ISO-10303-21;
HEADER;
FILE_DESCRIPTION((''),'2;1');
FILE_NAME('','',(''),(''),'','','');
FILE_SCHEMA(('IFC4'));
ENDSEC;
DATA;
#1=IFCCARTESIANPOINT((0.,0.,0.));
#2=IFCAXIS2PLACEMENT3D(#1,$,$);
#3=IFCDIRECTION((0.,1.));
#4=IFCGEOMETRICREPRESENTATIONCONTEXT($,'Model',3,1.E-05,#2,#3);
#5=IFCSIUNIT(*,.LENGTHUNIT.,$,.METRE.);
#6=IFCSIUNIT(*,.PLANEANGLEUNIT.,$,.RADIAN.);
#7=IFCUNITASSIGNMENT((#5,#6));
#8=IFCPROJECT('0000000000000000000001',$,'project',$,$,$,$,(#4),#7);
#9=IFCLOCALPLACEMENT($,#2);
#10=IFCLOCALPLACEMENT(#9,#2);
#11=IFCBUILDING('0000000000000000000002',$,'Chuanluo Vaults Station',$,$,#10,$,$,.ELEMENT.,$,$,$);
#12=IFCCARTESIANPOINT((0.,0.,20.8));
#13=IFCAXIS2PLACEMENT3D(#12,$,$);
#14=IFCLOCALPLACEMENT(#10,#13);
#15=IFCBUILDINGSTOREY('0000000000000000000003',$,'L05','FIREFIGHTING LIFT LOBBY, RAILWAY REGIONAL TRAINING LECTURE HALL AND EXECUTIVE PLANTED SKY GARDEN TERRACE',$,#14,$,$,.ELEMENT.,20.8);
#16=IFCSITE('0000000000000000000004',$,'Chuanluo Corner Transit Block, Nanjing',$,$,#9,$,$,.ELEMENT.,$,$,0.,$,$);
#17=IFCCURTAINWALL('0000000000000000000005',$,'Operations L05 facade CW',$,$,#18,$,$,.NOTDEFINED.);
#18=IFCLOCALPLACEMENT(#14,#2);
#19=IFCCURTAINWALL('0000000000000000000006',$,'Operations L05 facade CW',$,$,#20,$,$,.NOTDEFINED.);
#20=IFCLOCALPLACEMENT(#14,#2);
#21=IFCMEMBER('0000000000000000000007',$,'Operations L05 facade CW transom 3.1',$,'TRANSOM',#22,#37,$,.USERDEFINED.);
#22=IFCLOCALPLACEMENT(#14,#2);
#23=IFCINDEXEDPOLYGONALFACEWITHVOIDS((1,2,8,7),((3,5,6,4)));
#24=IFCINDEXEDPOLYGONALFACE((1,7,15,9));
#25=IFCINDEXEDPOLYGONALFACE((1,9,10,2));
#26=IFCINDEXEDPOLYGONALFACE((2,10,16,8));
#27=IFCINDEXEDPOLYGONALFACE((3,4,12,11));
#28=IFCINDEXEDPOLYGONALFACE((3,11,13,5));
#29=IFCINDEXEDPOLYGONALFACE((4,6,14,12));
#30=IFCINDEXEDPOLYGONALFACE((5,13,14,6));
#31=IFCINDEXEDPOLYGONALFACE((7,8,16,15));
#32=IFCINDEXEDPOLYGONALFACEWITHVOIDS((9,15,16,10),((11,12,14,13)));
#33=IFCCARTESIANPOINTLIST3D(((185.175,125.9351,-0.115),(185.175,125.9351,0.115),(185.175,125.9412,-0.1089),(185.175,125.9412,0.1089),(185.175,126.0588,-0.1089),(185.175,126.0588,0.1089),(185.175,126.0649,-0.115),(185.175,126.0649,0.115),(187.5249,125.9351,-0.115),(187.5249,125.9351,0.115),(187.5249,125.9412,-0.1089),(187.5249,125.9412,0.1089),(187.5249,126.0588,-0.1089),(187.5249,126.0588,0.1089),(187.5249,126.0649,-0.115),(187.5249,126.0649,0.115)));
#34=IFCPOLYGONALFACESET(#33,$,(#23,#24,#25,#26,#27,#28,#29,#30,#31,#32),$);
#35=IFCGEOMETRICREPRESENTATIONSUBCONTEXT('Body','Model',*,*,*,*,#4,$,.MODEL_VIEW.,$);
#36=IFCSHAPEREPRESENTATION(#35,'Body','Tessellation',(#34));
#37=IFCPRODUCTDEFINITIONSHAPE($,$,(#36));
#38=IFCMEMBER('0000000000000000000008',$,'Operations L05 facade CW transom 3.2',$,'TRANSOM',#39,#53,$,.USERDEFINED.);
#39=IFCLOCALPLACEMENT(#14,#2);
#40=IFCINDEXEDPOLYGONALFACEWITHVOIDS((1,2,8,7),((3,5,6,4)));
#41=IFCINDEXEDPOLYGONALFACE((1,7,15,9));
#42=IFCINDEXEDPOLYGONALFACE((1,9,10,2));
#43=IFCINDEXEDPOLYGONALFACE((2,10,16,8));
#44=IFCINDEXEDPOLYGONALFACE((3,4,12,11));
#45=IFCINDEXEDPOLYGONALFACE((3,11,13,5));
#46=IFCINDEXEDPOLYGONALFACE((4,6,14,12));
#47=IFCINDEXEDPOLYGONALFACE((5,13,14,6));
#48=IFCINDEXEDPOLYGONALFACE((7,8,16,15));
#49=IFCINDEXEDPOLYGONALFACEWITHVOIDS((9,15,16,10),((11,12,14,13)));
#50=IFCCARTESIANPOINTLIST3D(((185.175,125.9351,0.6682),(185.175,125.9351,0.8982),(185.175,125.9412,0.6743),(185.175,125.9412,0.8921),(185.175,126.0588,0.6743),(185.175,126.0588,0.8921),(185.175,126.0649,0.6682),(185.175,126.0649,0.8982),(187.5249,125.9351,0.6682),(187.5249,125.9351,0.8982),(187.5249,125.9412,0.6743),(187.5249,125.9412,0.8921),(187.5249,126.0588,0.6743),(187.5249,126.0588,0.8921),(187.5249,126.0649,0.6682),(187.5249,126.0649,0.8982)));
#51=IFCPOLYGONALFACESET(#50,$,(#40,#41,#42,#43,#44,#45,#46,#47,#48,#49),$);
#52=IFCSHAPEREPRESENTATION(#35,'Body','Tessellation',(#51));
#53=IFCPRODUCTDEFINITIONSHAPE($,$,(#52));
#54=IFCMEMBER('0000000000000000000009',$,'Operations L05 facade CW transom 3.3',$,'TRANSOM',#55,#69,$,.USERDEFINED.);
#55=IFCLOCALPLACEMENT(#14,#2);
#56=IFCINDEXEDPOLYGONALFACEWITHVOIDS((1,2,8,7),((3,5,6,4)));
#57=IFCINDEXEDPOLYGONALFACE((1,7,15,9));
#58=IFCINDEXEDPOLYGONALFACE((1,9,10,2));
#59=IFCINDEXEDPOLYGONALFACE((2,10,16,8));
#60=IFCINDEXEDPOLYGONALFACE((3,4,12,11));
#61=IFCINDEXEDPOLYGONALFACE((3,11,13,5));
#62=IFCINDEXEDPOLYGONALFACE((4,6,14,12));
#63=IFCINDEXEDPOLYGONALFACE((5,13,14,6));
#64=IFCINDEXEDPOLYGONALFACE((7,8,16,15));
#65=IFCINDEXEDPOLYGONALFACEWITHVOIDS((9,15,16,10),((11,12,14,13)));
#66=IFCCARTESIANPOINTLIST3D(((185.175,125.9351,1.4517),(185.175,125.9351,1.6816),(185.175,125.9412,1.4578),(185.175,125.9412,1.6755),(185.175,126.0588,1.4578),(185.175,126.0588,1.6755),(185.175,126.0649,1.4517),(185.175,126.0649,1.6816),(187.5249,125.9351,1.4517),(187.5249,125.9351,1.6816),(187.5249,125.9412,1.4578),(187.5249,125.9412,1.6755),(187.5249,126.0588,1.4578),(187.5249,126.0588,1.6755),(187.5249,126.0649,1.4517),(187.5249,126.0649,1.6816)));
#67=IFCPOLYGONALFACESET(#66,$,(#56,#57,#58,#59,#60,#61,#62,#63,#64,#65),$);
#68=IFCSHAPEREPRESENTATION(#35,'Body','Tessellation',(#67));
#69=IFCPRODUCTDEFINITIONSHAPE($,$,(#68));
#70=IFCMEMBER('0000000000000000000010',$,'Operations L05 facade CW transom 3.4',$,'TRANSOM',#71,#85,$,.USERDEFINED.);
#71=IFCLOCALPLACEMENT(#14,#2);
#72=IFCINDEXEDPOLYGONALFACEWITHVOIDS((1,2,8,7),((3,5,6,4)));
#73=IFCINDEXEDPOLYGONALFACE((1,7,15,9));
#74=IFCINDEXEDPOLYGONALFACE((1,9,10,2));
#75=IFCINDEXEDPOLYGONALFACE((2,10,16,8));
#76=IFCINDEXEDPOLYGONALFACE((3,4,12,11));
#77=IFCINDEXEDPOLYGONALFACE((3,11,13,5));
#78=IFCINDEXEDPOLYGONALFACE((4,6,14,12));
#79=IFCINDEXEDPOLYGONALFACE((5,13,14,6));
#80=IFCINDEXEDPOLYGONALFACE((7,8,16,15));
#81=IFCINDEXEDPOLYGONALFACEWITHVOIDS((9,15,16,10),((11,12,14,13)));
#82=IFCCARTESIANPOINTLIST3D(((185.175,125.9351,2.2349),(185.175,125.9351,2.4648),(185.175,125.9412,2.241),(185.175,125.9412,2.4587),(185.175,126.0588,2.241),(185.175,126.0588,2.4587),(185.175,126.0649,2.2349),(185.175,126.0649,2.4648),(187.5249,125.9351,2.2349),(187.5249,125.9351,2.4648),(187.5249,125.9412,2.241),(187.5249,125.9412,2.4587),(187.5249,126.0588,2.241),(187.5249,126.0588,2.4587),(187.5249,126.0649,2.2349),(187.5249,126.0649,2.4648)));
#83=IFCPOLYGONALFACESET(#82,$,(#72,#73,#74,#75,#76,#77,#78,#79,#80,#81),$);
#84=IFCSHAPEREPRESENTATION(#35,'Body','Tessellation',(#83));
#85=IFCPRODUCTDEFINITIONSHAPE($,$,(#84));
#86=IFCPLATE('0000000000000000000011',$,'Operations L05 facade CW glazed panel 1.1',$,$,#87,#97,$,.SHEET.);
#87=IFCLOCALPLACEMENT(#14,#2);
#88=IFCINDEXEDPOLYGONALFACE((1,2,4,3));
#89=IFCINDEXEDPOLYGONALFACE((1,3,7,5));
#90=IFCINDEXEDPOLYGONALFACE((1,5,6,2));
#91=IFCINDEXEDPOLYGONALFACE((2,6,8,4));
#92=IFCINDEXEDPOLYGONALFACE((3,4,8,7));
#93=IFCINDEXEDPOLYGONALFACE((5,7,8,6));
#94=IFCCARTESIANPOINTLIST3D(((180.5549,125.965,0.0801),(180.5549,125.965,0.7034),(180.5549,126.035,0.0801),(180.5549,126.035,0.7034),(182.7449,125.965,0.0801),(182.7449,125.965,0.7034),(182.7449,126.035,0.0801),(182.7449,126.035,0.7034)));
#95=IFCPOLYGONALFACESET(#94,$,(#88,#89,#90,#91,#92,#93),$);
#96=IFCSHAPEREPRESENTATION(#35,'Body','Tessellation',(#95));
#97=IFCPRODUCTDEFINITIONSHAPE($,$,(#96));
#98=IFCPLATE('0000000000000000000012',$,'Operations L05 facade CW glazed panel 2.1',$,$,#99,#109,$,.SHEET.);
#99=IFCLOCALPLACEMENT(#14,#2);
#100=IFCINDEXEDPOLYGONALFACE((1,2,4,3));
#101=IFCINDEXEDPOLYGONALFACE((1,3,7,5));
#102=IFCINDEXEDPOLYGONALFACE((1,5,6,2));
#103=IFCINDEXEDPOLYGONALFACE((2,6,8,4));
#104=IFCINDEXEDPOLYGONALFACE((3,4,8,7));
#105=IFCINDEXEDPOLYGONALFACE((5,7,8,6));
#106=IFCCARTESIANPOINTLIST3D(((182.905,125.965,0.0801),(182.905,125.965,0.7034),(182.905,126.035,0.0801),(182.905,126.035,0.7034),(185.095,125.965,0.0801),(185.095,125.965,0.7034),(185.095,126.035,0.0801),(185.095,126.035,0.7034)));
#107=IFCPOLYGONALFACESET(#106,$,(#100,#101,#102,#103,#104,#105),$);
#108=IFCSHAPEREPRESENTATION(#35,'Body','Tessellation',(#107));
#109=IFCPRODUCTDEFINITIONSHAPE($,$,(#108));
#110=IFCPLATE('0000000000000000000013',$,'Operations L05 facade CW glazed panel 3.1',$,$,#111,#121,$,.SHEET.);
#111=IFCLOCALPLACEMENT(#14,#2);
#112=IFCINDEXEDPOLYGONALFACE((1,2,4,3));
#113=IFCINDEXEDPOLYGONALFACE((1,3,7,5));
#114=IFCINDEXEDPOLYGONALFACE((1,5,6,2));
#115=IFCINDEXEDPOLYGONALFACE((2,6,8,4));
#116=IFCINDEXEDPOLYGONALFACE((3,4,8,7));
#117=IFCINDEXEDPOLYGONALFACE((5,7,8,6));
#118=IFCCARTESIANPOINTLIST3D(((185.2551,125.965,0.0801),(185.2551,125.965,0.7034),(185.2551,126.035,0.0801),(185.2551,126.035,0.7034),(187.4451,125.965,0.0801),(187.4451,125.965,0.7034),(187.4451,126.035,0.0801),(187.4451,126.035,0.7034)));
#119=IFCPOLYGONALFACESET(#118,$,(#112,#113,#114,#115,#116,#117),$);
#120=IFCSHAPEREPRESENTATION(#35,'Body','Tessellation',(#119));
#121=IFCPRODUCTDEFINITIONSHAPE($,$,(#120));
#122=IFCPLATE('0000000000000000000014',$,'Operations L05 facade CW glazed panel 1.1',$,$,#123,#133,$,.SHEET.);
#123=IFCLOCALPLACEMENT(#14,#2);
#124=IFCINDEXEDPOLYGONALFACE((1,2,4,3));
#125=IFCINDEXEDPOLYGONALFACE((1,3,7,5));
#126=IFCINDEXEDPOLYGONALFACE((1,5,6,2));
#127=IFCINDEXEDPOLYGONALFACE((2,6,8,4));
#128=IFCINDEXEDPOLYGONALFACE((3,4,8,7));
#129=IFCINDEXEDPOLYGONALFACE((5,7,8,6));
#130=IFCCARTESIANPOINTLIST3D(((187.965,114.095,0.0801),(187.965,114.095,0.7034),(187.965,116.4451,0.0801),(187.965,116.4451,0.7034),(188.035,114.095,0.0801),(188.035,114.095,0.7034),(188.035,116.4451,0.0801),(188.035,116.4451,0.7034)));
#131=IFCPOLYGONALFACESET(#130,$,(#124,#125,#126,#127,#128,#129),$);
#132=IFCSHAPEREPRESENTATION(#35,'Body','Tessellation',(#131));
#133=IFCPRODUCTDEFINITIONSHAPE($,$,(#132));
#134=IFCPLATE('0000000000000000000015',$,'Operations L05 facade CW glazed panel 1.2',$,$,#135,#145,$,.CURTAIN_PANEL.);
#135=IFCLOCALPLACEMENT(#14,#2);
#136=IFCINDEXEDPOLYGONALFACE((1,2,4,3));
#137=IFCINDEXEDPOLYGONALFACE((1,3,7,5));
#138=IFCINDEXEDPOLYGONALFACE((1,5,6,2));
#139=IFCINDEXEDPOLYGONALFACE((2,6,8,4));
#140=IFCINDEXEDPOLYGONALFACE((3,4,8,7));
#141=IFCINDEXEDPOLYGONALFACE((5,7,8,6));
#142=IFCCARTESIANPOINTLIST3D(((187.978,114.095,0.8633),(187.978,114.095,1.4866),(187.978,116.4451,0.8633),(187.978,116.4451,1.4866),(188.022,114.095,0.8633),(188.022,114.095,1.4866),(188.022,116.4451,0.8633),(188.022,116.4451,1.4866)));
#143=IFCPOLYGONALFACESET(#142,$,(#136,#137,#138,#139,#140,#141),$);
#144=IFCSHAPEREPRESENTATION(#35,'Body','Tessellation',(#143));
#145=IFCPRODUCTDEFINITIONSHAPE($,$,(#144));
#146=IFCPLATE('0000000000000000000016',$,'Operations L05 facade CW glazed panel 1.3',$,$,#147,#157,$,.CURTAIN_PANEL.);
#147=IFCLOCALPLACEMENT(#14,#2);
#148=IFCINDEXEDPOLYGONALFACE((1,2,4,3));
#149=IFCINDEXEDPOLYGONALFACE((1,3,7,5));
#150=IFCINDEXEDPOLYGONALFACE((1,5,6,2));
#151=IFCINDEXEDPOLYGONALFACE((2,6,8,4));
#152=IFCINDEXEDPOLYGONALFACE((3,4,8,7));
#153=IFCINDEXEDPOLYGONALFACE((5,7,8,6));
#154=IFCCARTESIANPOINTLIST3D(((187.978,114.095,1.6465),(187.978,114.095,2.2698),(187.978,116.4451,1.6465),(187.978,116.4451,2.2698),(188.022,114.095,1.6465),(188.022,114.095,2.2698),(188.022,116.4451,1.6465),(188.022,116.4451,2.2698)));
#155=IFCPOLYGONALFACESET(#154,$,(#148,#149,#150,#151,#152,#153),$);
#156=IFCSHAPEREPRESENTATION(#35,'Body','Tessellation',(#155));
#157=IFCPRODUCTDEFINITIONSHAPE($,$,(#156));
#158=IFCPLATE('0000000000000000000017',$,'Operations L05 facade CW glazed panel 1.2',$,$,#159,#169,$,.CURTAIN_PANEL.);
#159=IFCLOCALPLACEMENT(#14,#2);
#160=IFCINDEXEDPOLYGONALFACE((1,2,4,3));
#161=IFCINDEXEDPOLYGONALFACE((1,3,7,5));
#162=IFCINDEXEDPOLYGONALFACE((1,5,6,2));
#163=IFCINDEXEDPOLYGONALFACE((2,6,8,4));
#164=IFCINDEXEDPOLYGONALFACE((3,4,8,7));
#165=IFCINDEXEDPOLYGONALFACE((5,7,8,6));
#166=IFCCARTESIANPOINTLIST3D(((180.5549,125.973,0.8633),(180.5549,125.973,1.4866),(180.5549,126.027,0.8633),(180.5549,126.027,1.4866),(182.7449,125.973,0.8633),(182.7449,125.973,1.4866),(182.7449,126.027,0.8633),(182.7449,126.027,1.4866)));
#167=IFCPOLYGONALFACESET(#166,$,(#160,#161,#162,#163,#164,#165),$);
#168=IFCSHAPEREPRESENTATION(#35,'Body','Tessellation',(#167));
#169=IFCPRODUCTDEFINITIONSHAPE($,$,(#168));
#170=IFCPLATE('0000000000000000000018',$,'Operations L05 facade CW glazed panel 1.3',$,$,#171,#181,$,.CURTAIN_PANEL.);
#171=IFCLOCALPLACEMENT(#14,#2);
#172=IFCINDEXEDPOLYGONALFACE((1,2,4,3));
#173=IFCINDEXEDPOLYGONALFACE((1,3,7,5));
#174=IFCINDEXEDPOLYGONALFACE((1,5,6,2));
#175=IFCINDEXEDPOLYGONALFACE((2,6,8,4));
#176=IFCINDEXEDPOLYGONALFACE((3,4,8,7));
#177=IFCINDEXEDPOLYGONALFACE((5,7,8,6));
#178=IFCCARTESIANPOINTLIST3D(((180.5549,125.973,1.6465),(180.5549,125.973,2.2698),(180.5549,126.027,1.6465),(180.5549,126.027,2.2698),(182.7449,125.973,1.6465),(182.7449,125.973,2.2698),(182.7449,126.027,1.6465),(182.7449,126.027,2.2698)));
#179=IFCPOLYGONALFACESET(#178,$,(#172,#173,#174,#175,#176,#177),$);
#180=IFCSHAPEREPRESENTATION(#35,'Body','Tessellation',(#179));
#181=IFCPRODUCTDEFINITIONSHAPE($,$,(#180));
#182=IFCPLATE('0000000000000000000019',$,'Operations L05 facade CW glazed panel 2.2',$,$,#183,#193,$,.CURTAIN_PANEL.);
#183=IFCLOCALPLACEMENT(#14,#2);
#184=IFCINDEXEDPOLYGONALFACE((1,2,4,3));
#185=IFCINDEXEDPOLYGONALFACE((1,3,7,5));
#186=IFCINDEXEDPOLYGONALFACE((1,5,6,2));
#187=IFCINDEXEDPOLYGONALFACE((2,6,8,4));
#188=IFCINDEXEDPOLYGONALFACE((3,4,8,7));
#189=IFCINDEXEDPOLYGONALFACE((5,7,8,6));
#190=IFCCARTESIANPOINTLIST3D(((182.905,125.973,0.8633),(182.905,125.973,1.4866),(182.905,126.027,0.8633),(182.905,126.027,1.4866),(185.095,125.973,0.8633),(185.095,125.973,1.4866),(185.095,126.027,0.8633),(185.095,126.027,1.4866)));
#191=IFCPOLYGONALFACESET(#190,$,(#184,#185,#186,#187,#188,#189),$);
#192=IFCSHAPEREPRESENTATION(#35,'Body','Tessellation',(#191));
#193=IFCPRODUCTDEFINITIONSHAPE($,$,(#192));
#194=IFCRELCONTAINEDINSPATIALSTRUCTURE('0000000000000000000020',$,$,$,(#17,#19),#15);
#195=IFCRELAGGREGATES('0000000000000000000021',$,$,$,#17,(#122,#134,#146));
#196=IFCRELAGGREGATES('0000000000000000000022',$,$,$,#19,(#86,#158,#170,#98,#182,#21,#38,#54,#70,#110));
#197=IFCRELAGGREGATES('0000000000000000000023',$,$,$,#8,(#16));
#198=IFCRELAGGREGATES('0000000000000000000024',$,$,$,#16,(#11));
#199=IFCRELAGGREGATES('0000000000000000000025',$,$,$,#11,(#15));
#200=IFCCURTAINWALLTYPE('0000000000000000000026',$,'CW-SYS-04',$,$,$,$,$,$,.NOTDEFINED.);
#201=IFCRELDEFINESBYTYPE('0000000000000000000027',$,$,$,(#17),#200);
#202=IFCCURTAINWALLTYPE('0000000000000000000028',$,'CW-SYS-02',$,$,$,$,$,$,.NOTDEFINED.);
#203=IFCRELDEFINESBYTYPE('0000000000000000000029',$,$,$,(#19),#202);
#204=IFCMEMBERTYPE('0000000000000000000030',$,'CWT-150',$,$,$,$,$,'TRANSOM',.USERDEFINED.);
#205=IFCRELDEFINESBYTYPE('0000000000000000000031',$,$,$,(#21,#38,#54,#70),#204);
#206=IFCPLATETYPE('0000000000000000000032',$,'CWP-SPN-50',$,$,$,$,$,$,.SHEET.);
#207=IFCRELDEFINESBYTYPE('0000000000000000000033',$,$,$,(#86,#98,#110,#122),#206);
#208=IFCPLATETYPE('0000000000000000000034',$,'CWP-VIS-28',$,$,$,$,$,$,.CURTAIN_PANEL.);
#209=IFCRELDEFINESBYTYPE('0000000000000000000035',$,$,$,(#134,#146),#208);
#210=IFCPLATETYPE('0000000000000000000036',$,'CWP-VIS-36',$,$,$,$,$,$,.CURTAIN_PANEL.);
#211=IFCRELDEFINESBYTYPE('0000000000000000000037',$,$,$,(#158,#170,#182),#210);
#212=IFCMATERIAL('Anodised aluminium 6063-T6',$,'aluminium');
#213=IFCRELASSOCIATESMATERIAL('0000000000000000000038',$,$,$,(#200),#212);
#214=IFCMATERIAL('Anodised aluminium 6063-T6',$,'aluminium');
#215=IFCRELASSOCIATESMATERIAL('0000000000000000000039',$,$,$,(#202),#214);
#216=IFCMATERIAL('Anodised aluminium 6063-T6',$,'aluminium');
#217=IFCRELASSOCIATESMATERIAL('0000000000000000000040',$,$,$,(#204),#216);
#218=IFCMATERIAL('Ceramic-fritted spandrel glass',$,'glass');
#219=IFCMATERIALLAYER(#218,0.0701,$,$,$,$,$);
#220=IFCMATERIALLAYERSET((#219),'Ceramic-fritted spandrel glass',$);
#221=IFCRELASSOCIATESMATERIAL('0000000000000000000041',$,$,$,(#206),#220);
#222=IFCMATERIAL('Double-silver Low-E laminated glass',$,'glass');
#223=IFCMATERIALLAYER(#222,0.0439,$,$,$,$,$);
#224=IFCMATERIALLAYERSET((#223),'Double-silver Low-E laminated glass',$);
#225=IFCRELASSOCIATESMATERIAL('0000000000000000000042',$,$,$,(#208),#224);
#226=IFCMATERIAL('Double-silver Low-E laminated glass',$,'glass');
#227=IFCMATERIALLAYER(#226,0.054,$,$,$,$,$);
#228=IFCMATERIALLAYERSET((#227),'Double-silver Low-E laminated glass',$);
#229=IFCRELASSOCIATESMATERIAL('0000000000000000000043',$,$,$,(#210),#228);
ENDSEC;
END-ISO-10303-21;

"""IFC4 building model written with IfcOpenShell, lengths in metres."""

from ifc_helpers import new_model, si_unit, direction, frame, origin, origin_2d, place, context, subcontext, project, spatial, rectangle, hollow_rectangle, extrude, material, layer, layer_set, material_profile, profile_set, type_object, element, aggregate, save


model = new_model("IFC4")

# Units and contexts
model_context = context("Model", 3, precision=1e-05, world=origin(), true_north=direction((0.0, 1.0)))
body_context = subcontext(model_context, "Body", "Model", "MODEL_VIEW")
ifc_project = project(units=[si_unit("LENGTHUNIT", "METRE"), si_unit("PLANEANGLEUNIT", "RADIAN")], contexts=[model_context])

# Site, building, storey
site_placement = place(None, origin())
site = spatial("IfcSite", under=ifc_project, at=site_placement, Name="Chuanluo Corner Transit Block, Nanjing", CompositionType="ELEMENT", RefElevation=0.0)
building_placement = place(site_placement, origin())
building = spatial("IfcBuilding", under=site, at=building_placement, Name="Chuanluo Vaults Station", CompositionType="ELEMENT")
storey_placement = place(building_placement, frame((0.0, 0.0, 20.8)))
storey = spatial("IfcBuildingStorey", under=building, at=storey_placement, Name="L05", Description="FIREFIGHTING LIFT LOBBY, RAILWAY REGIONAL TRAINING LECTURE HALL AND EXECUTIVE PLANTED SKY GARDEN TERRACE", CompositionType="ELEMENT", Elevation=20.8)

# Curtain wall
ifc_material_1 = material(Name="Anodised aluminium 6063-T6", Category="aluminium")
curtain_wall_type_1 = type_object("IfcCurtainWallType", Name="CW-SYS-04", PredefinedType="NOTDEFINED", material=ifc_material_1)
curtain_wall_1_placement = place(storey_placement, origin())
curtain_wall_1 = element("IfcCurtainWall", 1, at=curtain_wall_1_placement, inside=storey, type_object=curtain_wall_type_1, Name="Operations L05 facade CW", PredefinedType="NOTDEFINED")

# Curtain wall
ifc_material_2 = material(Name="Anodised aluminium 6063-T6", Category="aluminium")
curtain_wall_type_2 = type_object("IfcCurtainWallType", Name="CW-SYS-02", PredefinedType="NOTDEFINED", material=ifc_material_2)
curtain_wall_2_placement = place(storey_placement, origin())
curtain_wall_2 = element("IfcCurtainWall", 2, at=curtain_wall_2_placement, inside=storey, type_object=curtain_wall_type_2, Name="Operations L05 facade CW", PredefinedType="NOTDEFINED")

# Members
ifc_material_3 = material(Name="Anodised aluminium 6063-T6", Category="aluminium")
ifc_material_profile_1 = material_profile(ifc_material_3, hollow_rectangle(XDim=0.1299, YDim=0.23, WallThickness=0.0061, at=origin_2d()))
ifc_profile_set_1 = profile_set([ifc_material_profile_1], Name="Anodised aluminium 6063-T6")
member_type_1 = type_object("IfcMemberType", Name="CWT-150", ElementType="TRANSOM", PredefinedType="USERDEFINED", material=ifc_profile_set_1)
member_1_placement = place(storey_placement, frame((185.175, 126.0, 0.0), z_axis=(1.0, 0.0, 0.0), x_axis=(0.0, 1.0, 0.0)))
member_1 = element("IfcMember", 3, at=member_1_placement, type_object=member_type_1, Name="Operations L05 facade CW transom 3.1", ObjectType="TRANSOM", PredefinedType="USERDEFINED", context=body_context, shape_type="SweptSolid", body=[
    extrude(hollow_rectangle(XDim=0.1299, YDim=0.23, WallThickness=0.0061, at=origin_2d()), origin(), (0.0, 0.0, 1.0), 2.3499),
])
member_2_placement = place(storey_placement, frame((185.175, 126.0, 0.7832), z_axis=(1.0, 0.0, 0.0), x_axis=(0.0, 1.0, 0.0)))
member_2 = element("IfcMember", 4, at=member_2_placement, type_object=member_type_1, Name="Operations L05 facade CW transom 3.2", ObjectType="TRANSOM", PredefinedType="USERDEFINED", context=body_context, shape_type="SweptSolid", body=[
    extrude(hollow_rectangle(XDim=0.1299, YDim=0.23, WallThickness=0.0061, at=origin_2d()), origin(), (0.0, 0.0, 1.0), 2.3499),
])
member_3_placement = place(storey_placement, frame((185.175, 126.0, 1.5667), z_axis=(1.0, 0.0, 0.0), x_axis=(0.0, 1.0, 0.0)))
member_3 = element("IfcMember", 5, at=member_3_placement, type_object=member_type_1, Name="Operations L05 facade CW transom 3.3", ObjectType="TRANSOM", PredefinedType="USERDEFINED", context=body_context, shape_type="SweptSolid", body=[
    extrude(hollow_rectangle(XDim=0.1299, YDim=0.23, WallThickness=0.0061, at=origin_2d()), origin(), (0.0, 0.0, 1.0), 2.3499),
])
member_4_placement = place(storey_placement, frame((185.175, 126.0, 2.3499), z_axis=(1.0, 0.0, 0.0), x_axis=(0.0, 1.0, 0.0)))
member_4 = element("IfcMember", 6, at=member_4_placement, type_object=member_type_1, Name="Operations L05 facade CW transom 3.4", ObjectType="TRANSOM", PredefinedType="USERDEFINED", context=body_context, shape_type="SweptSolid", body=[
    extrude(hollow_rectangle(XDim=0.1299, YDim=0.23, WallThickness=0.0061, at=origin_2d()), origin(), (0.0, 0.0, 1.0), 2.3499),
])

# Plates
ifc_material_4 = material(Name="Ceramic-fritted spandrel glass", Category="glass")
ifc_layer_1 = layer(ifc_material_4, 0.0701)
ifc_layer_set_1 = layer_set([ifc_layer_1], Name="Ceramic-fritted spandrel glass")
plate_type_1 = type_object("IfcPlateType", Name="CWP-SPN-50", PredefinedType="SHEET", material=ifc_layer_set_1)
plate_1_placement = place(storey_placement, frame((181.6499, 126.0, 0.0801), z_axis=(0.0, 0.0, 1.0), x_axis=(1.0, 0.0, 0.0)))
plate_1 = element("IfcPlate", 7, at=plate_1_placement, type_object=plate_type_1, Name="Operations L05 facade CW glazed panel 1.1", PredefinedType="SHEET", context=body_context, shape_type="SweptSolid", body=[
    extrude(rectangle(XDim=2.1899, YDim=0.0701, at=origin_2d()), origin(), (0.0, 0.0, 1.0), 0.6233),
])
plate_2_placement = place(storey_placement, frame((184.0, 126.0, 0.0801), z_axis=(0.0, 0.0, 1.0), x_axis=(1.0, 0.0, 0.0)))
plate_2 = element("IfcPlate", 8, at=plate_2_placement, type_object=plate_type_1, Name="Operations L05 facade CW glazed panel 2.1", PredefinedType="SHEET", context=body_context, shape_type="SweptSolid", body=[
    extrude(rectangle(XDim=2.1899, YDim=0.0701, at=origin_2d()), origin(), (0.0, 0.0, 1.0), 0.6233),
])
plate_3_placement = place(storey_placement, frame((186.3501, 126.0, 0.0801), z_axis=(0.0, 0.0, 1.0), x_axis=(1.0, 0.0, 0.0)))
plate_3 = element("IfcPlate", 9, at=plate_3_placement, type_object=plate_type_1, Name="Operations L05 facade CW glazed panel 3.1", PredefinedType="SHEET", context=body_context, shape_type="SweptSolid", body=[
    extrude(rectangle(XDim=2.1899, YDim=0.0701, at=origin_2d()), origin(), (0.0, 0.0, 1.0), 0.6233),
])
plate_4_placement = place(storey_placement, frame((188.0, 115.27, 0.0801), z_axis=(0.0, 0.0, 1.0), x_axis=(0.0, -1.0, 0.0)))
plate_4 = element("IfcPlate", 10, at=plate_4_placement, type_object=plate_type_1, Name="Operations L05 facade CW glazed panel 1.1", PredefinedType="SHEET", context=body_context, shape_type="SweptSolid", body=[
    extrude(rectangle(XDim=2.3501, YDim=0.0701, at=origin_2d()), origin(), (0.0, 0.0, 1.0), 0.6233),
])
ifc_material_5 = material(Name="Double-silver Low-E laminated glass", Category="glass")
ifc_layer_2 = layer(ifc_material_5, 0.0439)
ifc_layer_set_2 = layer_set([ifc_layer_2], Name="Double-silver Low-E laminated glass")
plate_type_2 = type_object("IfcPlateType", Name="CWP-VIS-28", PredefinedType="CURTAIN_PANEL", material=ifc_layer_set_2)
plate_5_placement = place(storey_placement, frame((188.0, 115.27, 0.8633), z_axis=(0.0, 0.0, 1.0), x_axis=(0.0, -1.0, 0.0)))
plate_5 = element("IfcPlate", 11, at=plate_5_placement, type_object=plate_type_2, Name="Operations L05 facade CW glazed panel 1.2", PredefinedType="CURTAIN_PANEL", context=body_context, shape_type="SweptSolid", body=[
    extrude(rectangle(XDim=2.3501, YDim=0.0439, at=origin_2d()), origin(), (0.0, 0.0, 1.0), 0.6233),
])
plate_6_placement = place(storey_placement, frame((188.0, 115.27, 1.6465), z_axis=(0.0, 0.0, 1.0), x_axis=(0.0, -1.0, 0.0)))
plate_6 = element("IfcPlate", 12, at=plate_6_placement, type_object=plate_type_2, Name="Operations L05 facade CW glazed panel 1.3", PredefinedType="CURTAIN_PANEL", context=body_context, shape_type="SweptSolid", body=[
    extrude(rectangle(XDim=2.3501, YDim=0.0439, at=origin_2d()), origin(), (0.0, 0.0, 1.0), 0.6233),
])
aggregate(curtain_wall_1, [plate_4, plate_5, plate_6])
ifc_material_6 = material(Name="Double-silver Low-E laminated glass", Category="glass")
ifc_layer_3 = layer(ifc_material_6, 0.054)
ifc_layer_set_3 = layer_set([ifc_layer_3], Name="Double-silver Low-E laminated glass")
plate_type_3 = type_object("IfcPlateType", Name="CWP-VIS-36", PredefinedType="CURTAIN_PANEL", material=ifc_layer_set_3)
plate_7_placement = place(storey_placement, frame((181.6499, 126.0, 0.8633), z_axis=(0.0, 0.0, 1.0), x_axis=(1.0, 0.0, 0.0)))
plate_7 = element("IfcPlate", 13, at=plate_7_placement, type_object=plate_type_3, Name="Operations L05 facade CW glazed panel 1.2", PredefinedType="CURTAIN_PANEL", context=body_context, shape_type="SweptSolid", body=[
    extrude(rectangle(XDim=2.1899, YDim=0.054, at=origin_2d()), origin(), (0.0, 0.0, 1.0), 0.6233),
])
plate_8_placement = place(storey_placement, frame((181.6499, 126.0, 1.6465), z_axis=(0.0, 0.0, 1.0), x_axis=(1.0, 0.0, 0.0)))
plate_8 = element("IfcPlate", 14, at=plate_8_placement, type_object=plate_type_3, Name="Operations L05 facade CW glazed panel 1.3", PredefinedType="CURTAIN_PANEL", context=body_context, shape_type="SweptSolid", body=[
    extrude(rectangle(XDim=2.1899, YDim=0.054, at=origin_2d()), origin(), (0.0, 0.0, 1.0), 0.6233),
])
plate_9_placement = place(storey_placement, frame((184.0, 126.0, 0.8633), z_axis=(0.0, 0.0, 1.0), x_axis=(1.0, 0.0, 0.0)))
plate_9 = element("IfcPlate", 15, at=plate_9_placement, type_object=plate_type_3, Name="Operations L05 facade CW glazed panel 2.2", PredefinedType="CURTAIN_PANEL", context=body_context, shape_type="SweptSolid", body=[
    extrude(rectangle(XDim=2.1899, YDim=0.054, at=origin_2d()), origin(), (0.0, 0.0, 1.0), 0.6233),
])
aggregate(curtain_wall_2, [plate_1, plate_7, plate_8, plate_2, plate_9, member_1, member_2, member_3, member_4, plate_3])

save(model, "model.ifc")
